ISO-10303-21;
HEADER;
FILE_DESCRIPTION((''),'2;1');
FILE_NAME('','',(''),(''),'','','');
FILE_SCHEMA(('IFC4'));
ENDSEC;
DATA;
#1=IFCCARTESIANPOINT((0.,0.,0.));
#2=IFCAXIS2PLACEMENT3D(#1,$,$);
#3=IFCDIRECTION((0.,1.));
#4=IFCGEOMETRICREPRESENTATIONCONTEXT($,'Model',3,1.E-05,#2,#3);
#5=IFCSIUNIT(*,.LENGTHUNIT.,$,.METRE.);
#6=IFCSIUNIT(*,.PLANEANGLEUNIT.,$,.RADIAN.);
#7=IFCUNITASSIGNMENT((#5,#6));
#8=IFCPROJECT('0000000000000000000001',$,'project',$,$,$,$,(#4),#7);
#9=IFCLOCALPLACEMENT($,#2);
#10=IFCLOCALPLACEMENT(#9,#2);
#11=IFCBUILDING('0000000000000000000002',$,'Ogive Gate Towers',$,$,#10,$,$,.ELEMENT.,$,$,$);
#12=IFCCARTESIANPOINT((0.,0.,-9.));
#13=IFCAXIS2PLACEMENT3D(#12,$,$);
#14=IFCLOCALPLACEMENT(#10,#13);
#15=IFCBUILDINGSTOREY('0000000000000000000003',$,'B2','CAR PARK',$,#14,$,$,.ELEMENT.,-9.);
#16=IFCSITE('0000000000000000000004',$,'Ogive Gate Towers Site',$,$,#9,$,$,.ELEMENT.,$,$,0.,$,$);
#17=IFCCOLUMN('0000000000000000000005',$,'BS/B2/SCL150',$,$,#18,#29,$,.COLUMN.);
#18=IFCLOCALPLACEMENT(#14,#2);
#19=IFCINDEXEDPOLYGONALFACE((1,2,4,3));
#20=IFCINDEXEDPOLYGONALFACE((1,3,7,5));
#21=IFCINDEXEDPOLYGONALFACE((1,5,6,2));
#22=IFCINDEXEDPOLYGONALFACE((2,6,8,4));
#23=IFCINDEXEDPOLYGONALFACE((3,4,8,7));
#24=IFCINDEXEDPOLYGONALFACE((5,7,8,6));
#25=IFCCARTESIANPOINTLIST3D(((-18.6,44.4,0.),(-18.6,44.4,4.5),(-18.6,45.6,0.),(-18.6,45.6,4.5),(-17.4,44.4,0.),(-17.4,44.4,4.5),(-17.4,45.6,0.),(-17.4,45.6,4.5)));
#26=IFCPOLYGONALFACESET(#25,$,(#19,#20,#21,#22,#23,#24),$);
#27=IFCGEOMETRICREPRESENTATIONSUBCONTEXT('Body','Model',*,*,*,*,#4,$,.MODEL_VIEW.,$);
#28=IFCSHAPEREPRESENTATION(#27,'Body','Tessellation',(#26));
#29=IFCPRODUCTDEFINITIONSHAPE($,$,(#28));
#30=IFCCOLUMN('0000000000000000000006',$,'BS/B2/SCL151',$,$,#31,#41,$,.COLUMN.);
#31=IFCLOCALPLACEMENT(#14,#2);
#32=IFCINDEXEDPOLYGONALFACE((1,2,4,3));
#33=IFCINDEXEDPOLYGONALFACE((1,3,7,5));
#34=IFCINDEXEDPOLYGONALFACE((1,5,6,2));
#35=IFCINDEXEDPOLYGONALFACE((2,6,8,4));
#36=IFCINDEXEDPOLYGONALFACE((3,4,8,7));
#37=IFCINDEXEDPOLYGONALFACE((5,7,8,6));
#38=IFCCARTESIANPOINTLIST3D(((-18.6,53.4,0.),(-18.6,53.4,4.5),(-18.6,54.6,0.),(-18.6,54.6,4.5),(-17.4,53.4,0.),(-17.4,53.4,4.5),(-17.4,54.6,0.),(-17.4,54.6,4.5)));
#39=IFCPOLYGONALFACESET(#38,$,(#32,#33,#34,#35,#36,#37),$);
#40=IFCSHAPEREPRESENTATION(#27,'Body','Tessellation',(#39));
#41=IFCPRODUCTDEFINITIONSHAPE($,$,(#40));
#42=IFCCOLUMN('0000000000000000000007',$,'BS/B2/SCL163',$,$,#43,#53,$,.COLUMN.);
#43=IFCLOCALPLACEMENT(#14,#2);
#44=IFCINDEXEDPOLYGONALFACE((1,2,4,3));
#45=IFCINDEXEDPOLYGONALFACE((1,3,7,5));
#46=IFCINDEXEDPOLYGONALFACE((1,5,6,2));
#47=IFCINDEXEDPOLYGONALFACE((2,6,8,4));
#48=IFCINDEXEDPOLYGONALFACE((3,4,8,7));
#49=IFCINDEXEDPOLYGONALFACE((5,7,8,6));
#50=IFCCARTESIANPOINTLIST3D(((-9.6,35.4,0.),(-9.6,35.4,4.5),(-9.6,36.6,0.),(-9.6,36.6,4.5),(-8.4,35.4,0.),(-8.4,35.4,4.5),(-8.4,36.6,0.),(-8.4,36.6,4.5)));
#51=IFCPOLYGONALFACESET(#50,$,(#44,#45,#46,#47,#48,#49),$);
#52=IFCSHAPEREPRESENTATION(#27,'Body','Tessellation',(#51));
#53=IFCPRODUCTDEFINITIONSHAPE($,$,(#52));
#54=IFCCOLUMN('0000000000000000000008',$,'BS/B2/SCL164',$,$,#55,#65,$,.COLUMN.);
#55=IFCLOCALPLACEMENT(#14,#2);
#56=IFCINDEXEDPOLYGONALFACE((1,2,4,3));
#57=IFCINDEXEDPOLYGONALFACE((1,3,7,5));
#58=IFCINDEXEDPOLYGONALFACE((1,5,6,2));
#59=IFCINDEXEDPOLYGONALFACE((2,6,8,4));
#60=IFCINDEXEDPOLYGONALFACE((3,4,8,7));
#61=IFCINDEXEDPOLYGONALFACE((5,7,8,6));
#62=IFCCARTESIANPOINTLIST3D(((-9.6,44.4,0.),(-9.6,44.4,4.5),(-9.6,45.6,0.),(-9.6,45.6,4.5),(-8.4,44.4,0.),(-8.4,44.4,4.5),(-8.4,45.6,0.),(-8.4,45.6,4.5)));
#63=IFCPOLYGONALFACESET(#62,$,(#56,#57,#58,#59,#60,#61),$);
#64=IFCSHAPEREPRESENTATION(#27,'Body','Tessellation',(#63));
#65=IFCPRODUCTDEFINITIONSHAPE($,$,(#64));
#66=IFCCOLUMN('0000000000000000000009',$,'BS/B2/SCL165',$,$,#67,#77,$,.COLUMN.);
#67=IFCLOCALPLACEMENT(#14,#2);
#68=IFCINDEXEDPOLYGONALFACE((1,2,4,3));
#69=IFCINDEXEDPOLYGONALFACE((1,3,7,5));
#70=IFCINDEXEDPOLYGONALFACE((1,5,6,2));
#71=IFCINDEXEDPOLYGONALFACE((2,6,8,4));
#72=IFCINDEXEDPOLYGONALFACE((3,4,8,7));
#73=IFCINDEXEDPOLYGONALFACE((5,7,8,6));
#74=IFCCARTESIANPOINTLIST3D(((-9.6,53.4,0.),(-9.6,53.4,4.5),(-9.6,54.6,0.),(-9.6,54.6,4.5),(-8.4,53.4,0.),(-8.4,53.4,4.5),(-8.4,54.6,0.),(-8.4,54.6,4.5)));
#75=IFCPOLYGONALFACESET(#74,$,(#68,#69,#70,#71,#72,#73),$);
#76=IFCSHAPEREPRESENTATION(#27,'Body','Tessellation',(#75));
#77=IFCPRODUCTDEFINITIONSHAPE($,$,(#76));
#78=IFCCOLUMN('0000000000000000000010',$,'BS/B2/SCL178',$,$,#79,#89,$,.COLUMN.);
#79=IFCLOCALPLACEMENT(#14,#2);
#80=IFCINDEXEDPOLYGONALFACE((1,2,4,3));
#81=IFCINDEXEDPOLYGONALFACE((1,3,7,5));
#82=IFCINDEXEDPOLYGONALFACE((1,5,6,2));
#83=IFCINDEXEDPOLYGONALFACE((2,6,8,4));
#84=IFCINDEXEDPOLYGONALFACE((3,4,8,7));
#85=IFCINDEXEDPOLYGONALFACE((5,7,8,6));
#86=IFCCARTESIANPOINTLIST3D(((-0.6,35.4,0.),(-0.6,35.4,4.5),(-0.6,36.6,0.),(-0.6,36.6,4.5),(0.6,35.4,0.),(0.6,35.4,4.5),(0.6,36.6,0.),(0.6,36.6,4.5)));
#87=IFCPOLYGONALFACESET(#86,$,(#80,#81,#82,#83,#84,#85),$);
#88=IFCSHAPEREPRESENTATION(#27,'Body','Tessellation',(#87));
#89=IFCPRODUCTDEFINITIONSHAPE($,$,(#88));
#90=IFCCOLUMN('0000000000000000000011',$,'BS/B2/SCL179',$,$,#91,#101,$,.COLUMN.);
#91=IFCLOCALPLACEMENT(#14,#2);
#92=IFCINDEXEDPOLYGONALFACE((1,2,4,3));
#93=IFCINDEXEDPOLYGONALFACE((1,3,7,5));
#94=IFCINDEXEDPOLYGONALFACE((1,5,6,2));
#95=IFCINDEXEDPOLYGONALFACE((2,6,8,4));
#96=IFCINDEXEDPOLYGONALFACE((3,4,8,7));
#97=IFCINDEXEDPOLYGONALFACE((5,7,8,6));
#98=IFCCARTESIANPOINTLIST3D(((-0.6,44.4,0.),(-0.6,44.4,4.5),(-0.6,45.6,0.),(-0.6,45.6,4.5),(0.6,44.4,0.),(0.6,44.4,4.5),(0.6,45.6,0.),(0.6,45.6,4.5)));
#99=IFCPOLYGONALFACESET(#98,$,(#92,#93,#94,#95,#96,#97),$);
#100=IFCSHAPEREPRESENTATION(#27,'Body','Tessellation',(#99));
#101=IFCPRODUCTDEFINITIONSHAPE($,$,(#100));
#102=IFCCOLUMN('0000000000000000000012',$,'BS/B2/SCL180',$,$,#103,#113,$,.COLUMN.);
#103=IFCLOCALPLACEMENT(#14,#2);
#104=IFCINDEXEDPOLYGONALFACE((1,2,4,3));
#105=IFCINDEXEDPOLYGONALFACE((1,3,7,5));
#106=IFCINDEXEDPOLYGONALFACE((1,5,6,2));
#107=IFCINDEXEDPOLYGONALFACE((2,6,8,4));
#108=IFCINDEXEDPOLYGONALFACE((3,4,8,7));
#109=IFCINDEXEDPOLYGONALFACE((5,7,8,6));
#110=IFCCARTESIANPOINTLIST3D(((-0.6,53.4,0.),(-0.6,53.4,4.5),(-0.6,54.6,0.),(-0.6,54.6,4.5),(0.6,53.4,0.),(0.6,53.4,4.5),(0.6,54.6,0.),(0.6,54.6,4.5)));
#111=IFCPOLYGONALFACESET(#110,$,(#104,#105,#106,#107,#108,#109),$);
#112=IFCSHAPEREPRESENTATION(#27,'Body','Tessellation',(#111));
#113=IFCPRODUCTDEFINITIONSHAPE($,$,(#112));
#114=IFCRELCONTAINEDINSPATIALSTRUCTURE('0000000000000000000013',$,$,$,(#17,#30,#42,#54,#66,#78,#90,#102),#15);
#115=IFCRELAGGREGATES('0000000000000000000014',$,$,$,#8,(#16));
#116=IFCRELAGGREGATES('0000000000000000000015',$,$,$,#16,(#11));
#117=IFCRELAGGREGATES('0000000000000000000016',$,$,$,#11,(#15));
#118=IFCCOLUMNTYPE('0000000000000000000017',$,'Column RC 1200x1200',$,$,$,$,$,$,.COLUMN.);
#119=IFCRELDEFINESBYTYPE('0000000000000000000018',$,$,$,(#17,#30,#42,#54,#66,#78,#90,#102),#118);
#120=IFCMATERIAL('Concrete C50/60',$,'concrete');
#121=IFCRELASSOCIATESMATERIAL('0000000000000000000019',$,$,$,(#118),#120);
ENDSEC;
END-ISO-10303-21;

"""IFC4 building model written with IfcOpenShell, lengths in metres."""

from ifc_helpers import new_model, si_unit, direction, frame, origin, origin_2d, place, context, subcontext, project, spatial, rectangle, extrude, material, material_profile, profile_set, type_object, element, save


model = new_model("IFC4")

# Units and contexts
model_context = context("Model", 3, precision=1e-05, world=origin(), true_north=direction((0.0, 1.0)))
body_context = subcontext(model_context, "Body", "Model", "MODEL_VIEW")
ifc_project = project(units=[si_unit("LENGTHUNIT", "METRE"), si_unit("PLANEANGLEUNIT", "RADIAN")], contexts=[model_context])

# Site, building, storey
site_placement = place(None, origin())
site = spatial("IfcSite", under=ifc_project, at=site_placement, Name="Ogive Gate Towers Site", CompositionType="ELEMENT", RefElevation=0.0)
building_placement = place(site_placement, origin())
building = spatial("IfcBuilding", under=site, at=building_placement, Name="Ogive Gate Towers", CompositionType="ELEMENT")
storey_placement = place(building_placement, frame((0.0, 0.0, -9.0)))
storey = spatial("IfcBuildingStorey", under=building, at=storey_placement, Name="B2", Description="CAR PARK", CompositionType="ELEMENT", Elevation=-9.0)

# Columns
ifc_material_1 = material(Name="Concrete C50/60", Category="concrete")
ifc_material_profile_1 = material_profile(ifc_material_1, rectangle(XDim=1.2, YDim=1.2, at=origin_2d()), Name="RC 1200x1200")
ifc_profile_set_1 = profile_set([ifc_material_profile_1], Name="Concrete C50/60")
column_type = type_object("IfcColumnType", Name="Column RC 1200x1200", PredefinedType="COLUMN", material=ifc_profile_set_1)
for number, where, z_axis, x_axis, name in (
    (1, (-18.0, 45.0, 0.0), (0.0, 0.0, 1.0), (1.0, 0.0, 0.0), "BS/B2/SCL150"),
    (2, (-18.0, 54.0, 0.0), (0.0, 0.0, 1.0), (1.0, 0.0, 0.0), "BS/B2/SCL151"),
    (3, (-9.0, 36.0, 0.0), (0.0, 0.0, 1.0), (1.0, 0.0, 0.0), "BS/B2/SCL163"),
    (4, (-9.0, 45.0, 0.0), (0.0, 0.0, 1.0), (1.0, 0.0, 0.0), "BS/B2/SCL164"),
    (5, (-9.0, 54.0, 0.0), (0.0, 0.0, 1.0), (1.0, 0.0, 0.0), "BS/B2/SCL165"),
    (6, (0.0, 36.0, 0.0), (0.0, 0.0, 1.0), (1.0, 0.0, 0.0), "BS/B2/SCL178"),
    (7, (0.0, 45.0, 0.0), (0.0, 0.0, 1.0), (1.0, 0.0, 0.0), "BS/B2/SCL179"),
    (8, (0.0, 54.0, 0.0), (0.0, 0.0, 1.0), (1.0, 0.0, 0.0), "BS/B2/SCL180"),
):
    element("IfcColumn", number, at=place(storey_placement, frame(where, z_axis=z_axis, x_axis=x_axis)), inside=storey, type_object=column_type, Name=name, PredefinedType="COLUMN", context=body_context, shape_type="SweptSolid", body=[
        extrude(rectangle(XDim=1.2, YDim=1.2, at=origin_2d()), origin(), (0.0, 0.0, 1.0), 4.5),
    ])

save(model, "model.ifc")
